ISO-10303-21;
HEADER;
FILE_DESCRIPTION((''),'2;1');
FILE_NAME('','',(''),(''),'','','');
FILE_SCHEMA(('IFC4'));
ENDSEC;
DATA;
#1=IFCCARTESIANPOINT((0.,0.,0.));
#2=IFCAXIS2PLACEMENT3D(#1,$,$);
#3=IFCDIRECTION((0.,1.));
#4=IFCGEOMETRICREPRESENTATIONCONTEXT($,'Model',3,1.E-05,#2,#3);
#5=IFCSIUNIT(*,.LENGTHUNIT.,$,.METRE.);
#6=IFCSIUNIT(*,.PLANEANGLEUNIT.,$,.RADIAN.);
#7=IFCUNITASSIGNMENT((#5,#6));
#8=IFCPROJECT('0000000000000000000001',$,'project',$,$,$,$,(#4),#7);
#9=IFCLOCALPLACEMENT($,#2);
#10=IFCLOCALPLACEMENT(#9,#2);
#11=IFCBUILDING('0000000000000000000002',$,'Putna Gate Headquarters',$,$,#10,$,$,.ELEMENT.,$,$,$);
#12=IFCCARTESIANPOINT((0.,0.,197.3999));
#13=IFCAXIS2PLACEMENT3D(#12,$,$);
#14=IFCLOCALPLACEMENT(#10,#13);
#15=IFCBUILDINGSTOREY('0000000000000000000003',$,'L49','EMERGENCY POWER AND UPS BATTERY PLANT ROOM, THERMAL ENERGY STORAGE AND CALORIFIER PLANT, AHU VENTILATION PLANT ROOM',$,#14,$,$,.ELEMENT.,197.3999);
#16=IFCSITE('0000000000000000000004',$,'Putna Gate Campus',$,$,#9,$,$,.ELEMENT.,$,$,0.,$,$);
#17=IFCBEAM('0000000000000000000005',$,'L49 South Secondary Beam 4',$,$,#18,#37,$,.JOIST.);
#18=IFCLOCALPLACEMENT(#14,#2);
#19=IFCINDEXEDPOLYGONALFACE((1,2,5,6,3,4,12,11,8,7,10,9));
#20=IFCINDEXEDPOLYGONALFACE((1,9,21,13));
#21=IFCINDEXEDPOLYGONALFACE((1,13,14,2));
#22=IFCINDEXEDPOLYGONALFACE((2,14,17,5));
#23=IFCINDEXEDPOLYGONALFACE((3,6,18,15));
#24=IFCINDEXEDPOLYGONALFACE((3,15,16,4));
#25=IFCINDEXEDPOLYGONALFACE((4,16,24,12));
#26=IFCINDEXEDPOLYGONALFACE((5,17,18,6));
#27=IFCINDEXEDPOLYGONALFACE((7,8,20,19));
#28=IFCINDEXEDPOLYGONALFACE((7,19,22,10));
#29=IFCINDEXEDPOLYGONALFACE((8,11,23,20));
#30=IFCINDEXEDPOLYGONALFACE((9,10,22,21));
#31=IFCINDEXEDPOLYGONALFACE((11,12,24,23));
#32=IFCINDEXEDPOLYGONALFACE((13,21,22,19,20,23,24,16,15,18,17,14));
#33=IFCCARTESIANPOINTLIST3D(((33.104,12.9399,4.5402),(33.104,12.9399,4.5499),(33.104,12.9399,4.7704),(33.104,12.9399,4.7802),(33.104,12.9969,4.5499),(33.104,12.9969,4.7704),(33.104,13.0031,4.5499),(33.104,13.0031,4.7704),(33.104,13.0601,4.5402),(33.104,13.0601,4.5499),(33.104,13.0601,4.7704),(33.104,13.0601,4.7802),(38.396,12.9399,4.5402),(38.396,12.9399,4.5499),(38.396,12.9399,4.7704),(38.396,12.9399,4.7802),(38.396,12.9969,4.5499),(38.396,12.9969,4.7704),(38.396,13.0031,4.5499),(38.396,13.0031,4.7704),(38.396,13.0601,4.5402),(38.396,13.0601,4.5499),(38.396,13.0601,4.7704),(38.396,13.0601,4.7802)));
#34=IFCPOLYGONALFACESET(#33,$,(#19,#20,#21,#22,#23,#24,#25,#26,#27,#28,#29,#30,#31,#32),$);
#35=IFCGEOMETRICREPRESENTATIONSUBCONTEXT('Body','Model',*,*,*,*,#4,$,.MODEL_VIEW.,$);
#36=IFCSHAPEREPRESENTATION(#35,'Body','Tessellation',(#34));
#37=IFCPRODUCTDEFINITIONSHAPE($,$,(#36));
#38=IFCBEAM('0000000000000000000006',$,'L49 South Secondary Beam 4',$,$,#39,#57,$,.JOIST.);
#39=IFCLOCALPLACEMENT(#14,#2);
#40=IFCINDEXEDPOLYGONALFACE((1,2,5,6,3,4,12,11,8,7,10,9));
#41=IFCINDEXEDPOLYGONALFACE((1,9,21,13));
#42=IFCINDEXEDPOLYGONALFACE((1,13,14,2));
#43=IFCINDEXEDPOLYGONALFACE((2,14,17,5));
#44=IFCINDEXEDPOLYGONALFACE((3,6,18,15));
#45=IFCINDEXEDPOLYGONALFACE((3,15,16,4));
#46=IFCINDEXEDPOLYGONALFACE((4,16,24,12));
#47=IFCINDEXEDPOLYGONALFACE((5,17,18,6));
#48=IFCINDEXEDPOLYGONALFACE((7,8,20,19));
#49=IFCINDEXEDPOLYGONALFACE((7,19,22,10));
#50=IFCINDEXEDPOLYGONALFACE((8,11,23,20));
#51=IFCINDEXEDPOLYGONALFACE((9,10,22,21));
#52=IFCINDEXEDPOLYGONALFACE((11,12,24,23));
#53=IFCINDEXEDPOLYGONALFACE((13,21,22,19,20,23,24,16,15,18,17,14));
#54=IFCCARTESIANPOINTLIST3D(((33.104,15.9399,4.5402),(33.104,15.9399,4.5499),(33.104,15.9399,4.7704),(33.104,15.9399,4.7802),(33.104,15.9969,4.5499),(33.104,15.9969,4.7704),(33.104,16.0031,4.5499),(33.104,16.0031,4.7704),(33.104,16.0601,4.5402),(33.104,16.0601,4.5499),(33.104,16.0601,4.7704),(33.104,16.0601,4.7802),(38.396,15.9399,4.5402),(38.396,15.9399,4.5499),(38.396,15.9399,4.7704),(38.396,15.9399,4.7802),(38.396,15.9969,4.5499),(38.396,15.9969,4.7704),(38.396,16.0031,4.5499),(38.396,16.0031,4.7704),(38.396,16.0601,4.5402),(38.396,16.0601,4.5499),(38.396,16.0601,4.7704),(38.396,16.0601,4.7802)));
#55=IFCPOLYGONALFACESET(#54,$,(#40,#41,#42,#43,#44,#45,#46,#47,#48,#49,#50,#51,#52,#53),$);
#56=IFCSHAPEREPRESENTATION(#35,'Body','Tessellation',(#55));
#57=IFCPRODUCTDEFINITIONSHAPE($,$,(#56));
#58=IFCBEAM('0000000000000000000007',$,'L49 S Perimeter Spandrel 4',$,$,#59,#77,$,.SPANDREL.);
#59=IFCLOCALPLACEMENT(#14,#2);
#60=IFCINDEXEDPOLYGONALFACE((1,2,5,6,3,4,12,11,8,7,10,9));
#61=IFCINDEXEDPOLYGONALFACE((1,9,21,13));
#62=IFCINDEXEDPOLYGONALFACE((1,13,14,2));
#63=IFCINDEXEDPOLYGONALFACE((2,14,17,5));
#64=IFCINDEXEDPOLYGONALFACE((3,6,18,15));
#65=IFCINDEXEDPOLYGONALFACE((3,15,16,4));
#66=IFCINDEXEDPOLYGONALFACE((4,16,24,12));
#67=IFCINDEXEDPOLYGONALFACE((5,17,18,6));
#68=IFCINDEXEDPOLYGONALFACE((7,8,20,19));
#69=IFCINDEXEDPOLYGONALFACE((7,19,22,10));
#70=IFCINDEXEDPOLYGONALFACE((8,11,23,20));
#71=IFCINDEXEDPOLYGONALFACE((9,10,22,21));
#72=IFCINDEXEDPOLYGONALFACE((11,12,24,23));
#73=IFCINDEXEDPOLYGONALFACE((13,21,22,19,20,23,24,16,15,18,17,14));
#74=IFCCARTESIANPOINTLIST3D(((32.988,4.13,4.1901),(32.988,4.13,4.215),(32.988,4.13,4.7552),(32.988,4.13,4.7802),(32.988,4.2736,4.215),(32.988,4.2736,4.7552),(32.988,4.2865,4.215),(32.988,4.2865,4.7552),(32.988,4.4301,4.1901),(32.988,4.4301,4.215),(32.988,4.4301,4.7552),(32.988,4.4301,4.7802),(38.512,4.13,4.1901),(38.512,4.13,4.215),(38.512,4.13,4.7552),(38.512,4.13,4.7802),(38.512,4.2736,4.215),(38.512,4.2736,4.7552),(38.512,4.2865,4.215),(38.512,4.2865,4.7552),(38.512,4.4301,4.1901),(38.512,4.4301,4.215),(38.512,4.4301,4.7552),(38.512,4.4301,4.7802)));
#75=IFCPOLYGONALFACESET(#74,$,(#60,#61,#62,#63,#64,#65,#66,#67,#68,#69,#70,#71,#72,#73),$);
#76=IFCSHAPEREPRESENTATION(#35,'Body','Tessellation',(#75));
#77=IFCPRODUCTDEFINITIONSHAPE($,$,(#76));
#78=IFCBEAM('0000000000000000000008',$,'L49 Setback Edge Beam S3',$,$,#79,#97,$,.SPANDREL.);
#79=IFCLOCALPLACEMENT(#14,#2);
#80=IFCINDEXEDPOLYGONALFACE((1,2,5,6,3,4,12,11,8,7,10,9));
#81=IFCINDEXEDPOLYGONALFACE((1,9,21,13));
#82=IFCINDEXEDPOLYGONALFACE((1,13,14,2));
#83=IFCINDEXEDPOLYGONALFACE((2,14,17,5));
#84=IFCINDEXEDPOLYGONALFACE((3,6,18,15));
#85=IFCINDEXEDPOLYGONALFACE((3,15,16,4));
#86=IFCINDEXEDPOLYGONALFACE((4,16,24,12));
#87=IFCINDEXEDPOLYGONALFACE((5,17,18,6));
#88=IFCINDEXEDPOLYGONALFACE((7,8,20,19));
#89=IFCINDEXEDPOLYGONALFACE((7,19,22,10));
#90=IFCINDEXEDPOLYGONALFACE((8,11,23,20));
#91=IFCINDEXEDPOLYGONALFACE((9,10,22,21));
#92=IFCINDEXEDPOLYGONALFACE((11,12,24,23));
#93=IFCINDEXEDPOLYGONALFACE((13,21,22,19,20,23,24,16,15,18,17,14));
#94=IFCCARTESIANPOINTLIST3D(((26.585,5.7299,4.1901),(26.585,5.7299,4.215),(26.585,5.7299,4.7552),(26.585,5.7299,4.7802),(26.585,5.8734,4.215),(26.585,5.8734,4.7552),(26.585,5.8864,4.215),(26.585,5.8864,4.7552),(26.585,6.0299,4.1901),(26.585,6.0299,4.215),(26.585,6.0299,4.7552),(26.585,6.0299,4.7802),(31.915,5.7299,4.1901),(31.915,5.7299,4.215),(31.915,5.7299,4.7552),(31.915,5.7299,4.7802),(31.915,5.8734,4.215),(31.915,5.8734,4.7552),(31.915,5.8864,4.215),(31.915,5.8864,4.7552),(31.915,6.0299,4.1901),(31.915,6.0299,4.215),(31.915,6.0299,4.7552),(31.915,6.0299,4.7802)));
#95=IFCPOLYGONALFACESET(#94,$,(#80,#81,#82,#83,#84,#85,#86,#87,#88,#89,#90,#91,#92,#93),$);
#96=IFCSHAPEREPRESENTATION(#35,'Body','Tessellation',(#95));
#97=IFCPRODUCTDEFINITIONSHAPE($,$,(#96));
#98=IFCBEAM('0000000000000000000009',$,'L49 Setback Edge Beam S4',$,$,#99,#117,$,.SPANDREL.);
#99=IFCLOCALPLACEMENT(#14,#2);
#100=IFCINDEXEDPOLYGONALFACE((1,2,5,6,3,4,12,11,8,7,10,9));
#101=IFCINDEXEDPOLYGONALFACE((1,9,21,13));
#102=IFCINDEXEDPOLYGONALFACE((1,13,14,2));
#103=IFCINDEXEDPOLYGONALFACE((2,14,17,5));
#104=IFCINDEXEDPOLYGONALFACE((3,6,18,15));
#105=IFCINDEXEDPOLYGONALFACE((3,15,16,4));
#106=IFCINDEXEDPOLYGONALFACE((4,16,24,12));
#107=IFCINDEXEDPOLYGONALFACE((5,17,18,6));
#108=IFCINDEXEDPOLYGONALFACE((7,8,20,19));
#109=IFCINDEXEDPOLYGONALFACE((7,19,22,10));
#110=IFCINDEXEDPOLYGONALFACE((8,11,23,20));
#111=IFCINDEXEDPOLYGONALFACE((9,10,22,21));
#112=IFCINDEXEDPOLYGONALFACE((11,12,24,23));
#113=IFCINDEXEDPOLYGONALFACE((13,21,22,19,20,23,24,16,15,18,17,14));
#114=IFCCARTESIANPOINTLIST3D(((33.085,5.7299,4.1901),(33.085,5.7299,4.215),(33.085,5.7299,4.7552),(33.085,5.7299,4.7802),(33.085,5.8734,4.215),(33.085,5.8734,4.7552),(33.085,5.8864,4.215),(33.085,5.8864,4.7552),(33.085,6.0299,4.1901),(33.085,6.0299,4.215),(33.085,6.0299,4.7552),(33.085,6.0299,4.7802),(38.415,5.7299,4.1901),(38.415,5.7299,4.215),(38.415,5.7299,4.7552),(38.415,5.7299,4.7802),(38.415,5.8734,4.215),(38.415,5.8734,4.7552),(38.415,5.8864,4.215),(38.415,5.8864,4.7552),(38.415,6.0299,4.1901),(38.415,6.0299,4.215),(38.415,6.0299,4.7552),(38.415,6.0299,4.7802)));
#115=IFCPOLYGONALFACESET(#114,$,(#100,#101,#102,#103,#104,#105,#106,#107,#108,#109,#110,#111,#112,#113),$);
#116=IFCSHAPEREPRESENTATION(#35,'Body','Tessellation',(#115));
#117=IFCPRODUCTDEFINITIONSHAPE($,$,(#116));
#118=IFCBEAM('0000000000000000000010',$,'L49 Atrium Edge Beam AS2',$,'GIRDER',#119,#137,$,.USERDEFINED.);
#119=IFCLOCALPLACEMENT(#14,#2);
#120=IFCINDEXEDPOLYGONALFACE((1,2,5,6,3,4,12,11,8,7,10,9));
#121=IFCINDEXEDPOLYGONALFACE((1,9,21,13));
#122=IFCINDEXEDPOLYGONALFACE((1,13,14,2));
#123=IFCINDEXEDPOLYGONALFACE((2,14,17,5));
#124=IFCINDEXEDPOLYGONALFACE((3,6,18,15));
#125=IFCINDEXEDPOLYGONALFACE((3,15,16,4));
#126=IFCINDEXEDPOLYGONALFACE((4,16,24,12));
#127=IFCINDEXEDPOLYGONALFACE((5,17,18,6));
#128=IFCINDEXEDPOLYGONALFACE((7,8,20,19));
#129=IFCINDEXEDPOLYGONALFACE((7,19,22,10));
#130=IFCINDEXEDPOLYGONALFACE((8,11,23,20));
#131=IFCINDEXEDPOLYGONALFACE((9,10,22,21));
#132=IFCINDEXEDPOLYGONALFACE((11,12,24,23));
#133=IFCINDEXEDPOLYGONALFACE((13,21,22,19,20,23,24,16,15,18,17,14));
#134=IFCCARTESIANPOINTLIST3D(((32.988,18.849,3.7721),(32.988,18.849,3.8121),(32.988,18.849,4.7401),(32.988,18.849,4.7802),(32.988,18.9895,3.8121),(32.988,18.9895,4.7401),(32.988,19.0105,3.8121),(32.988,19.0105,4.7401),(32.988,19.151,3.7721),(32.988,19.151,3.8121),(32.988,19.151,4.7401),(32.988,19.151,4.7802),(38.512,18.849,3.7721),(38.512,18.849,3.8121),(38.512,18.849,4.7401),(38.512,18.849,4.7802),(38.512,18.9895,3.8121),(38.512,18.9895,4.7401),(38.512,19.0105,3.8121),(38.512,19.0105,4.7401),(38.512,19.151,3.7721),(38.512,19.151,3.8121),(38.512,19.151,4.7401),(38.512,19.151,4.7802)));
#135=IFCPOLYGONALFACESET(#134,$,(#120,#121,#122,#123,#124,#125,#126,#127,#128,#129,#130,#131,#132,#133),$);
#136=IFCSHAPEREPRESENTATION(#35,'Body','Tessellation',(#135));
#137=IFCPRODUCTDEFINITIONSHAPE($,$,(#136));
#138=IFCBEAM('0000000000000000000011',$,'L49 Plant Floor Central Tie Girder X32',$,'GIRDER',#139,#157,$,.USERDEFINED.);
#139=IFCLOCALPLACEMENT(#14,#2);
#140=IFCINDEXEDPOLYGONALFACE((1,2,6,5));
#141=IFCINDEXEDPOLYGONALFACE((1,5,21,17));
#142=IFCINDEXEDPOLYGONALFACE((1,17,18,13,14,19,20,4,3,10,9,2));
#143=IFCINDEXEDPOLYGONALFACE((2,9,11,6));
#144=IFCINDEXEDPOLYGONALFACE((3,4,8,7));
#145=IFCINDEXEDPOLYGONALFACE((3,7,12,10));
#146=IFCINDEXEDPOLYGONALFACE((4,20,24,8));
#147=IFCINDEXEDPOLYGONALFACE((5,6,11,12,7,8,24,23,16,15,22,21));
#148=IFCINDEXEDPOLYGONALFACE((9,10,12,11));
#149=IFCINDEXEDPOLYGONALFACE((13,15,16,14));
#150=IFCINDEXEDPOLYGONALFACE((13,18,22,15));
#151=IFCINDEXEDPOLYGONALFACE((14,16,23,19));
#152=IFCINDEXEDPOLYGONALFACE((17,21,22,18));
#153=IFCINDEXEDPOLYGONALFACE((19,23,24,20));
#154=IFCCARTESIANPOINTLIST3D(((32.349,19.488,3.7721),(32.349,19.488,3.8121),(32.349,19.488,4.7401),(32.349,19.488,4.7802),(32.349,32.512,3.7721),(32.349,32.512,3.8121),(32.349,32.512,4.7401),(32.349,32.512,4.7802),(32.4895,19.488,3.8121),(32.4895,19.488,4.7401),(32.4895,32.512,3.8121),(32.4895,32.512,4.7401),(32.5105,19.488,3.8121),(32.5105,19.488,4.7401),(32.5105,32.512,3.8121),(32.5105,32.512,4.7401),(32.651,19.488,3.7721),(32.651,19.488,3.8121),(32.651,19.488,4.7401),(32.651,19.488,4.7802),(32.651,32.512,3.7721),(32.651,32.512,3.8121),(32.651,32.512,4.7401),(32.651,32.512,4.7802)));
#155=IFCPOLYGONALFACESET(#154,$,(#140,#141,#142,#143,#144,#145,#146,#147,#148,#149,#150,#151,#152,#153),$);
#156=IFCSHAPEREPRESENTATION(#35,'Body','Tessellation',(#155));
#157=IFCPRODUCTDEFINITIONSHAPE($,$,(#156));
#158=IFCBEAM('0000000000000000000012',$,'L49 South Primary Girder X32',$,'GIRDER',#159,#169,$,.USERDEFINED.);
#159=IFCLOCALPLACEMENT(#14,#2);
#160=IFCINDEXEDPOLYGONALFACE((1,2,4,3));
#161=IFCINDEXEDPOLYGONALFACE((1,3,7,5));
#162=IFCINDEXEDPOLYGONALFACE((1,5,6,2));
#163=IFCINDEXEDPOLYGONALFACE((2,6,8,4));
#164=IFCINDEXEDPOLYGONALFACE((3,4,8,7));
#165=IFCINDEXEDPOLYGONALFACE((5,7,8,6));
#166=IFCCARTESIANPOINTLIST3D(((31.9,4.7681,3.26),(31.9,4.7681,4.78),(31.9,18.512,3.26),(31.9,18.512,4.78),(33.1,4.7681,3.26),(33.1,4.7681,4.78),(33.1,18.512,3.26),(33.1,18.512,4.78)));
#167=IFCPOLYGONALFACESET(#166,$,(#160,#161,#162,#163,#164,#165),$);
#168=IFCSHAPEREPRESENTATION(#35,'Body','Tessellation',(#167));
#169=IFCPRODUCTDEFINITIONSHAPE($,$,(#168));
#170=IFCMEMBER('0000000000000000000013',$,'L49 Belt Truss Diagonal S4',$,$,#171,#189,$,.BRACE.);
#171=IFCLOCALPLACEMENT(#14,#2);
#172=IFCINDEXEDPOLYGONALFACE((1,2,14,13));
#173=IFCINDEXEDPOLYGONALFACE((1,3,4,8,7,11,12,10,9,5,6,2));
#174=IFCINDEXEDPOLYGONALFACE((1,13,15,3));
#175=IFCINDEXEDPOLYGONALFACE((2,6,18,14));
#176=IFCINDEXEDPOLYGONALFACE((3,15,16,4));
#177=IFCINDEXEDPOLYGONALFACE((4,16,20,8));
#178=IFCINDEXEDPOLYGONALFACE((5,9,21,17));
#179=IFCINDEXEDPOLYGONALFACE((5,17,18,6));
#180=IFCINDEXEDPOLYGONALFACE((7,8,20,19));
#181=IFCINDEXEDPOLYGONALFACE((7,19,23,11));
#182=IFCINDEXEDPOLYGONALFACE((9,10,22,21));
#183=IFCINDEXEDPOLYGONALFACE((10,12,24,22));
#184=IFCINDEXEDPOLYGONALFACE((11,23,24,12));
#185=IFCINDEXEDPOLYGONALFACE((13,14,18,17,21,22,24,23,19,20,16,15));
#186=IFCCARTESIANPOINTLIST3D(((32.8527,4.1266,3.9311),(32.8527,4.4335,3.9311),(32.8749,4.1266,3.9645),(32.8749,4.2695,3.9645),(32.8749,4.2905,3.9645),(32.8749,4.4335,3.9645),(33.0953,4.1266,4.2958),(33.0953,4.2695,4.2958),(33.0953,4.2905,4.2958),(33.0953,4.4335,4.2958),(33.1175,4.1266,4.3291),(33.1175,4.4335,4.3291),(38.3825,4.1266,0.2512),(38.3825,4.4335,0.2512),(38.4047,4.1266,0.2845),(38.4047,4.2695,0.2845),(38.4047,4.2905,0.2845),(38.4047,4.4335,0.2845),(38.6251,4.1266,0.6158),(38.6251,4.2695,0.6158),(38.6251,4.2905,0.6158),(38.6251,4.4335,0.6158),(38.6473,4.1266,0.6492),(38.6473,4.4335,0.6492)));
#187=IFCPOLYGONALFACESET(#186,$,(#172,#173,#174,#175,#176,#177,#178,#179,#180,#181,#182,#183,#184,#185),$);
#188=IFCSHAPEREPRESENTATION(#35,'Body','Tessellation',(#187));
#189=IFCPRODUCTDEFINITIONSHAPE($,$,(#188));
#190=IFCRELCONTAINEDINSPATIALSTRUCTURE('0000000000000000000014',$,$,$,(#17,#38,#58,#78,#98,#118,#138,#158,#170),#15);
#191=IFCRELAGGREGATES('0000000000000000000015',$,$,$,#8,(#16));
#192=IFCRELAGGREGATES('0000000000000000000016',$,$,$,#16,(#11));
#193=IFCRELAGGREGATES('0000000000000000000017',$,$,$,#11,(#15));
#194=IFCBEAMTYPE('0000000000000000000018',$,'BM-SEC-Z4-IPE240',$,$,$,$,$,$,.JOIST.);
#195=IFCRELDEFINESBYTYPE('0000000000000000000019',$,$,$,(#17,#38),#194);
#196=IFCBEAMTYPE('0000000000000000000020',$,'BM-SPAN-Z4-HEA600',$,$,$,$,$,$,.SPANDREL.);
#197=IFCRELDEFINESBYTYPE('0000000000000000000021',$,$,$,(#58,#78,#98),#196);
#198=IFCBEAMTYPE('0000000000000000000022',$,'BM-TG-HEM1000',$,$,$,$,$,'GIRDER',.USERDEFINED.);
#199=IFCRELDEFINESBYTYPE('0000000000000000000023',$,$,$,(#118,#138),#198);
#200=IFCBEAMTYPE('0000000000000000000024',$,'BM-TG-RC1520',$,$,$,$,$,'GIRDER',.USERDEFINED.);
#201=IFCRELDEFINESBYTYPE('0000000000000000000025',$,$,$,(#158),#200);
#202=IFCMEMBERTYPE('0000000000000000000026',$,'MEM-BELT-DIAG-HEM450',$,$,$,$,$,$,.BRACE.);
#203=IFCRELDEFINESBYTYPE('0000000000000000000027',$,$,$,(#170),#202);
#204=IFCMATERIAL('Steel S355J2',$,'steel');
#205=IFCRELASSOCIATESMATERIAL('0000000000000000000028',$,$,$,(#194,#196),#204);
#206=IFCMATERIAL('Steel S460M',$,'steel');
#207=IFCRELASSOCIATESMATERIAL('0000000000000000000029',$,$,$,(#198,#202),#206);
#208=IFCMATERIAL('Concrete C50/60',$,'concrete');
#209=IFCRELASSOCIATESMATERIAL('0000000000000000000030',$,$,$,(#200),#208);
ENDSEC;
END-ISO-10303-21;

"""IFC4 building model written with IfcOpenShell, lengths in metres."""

from ifc_helpers import new_model, si_unit, direction, frame, origin, origin_2d, place, context, subcontext, project, spatial, rectangle, i_section, extrude, material, material_profile, profile_set, type_object, element, save


model = new_model("IFC4")

# Units and contexts
model_context = context("Model", 3, precision=1e-05, world=origin(), true_north=direction((0.0, 1.0)))
body_context = subcontext(model_context, "Body", "Model", "MODEL_VIEW")
ifc_project = project(units=[si_unit("LENGTHUNIT", "METRE"), si_unit("PLANEANGLEUNIT", "RADIAN")], contexts=[model_context])

# Site, building, storey
site_placement = place(None, origin())
site = spatial("IfcSite", under=ifc_project, at=site_placement, Name="Putna Gate Campus", CompositionType="ELEMENT", RefElevation=0.0)
building_placement = place(site_placement, origin())
building = spatial("IfcBuilding", under=site, at=building_placement, Name="Putna Gate Headquarters", CompositionType="ELEMENT")
storey_placement = place(building_placement, frame((0.0, 0.0, 197.3999)))
storey = spatial("IfcBuildingStorey", under=building, at=storey_placement, Name="L49", Description="EMERGENCY POWER AND UPS BATTERY PLANT ROOM, THERMAL ENERGY STORAGE AND CALORIFIER PLANT, AHU VENTILATION PLANT ROOM", CompositionType="ELEMENT", Elevation=197.3999)

# Shared definitions
ifc_material_1 = material(Name="Concrete C50/60", Category="concrete")

# Beams
ifc_material_2 = material(Name="Steel S355J2", Category="steel")
ifc_material_profile_1 = material_profile(ifc_material_2, i_section(OverallWidth=0.1201, OverallDepth=0.24, WebThickness=0.0061, FlangeThickness=0.0098, at=origin_2d()), Name="Steel S355J2")
ifc_profile_set_1 = profile_set([ifc_material_profile_1], Name="Steel S355J2")
beam_type_1 = type_object("IfcBeamType", Name="BM-SEC-Z4-IPE240", PredefinedType="JOIST", material=ifc_profile_set_1)
for number, where, z_axis, x_axis, name in (
    (1, (33.104, 13.0, 4.6602), (1.0, 0.0, 0.0), (0.0, 1.0, 0.0), "L49 South Secondary Beam 4"),
    (2, (33.104, 16.0, 4.6602), (1.0, 0.0, 0.0), (0.0, 1.0, 0.0), "L49 South Secondary Beam 4"),
):
    element("IfcBeam", number, at=place(storey_placement, frame(where, z_axis=z_axis, x_axis=x_axis)), inside=storey, type_object=beam_type_1, Name=name, PredefinedType="JOIST", context=body_context, shape_type="SweptSolid", body=[
        extrude(i_section(OverallWidth=0.1201, OverallDepth=0.24, WebThickness=0.0061, FlangeThickness=0.0098, at=origin_2d()), origin(), (0.0, 0.0, 1.0), 5.292),
    ])
ifc_material_profile_2 = material_profile(ifc_material_2, i_section(OverallWidth=0.3, OverallDepth=0.5901, WebThickness=0.0129, FlangeThickness=0.0249, at=origin_2d()), Name="Steel S355J2")
ifc_profile_set_2 = profile_set([ifc_material_profile_2], Name="Steel S355J2")
beam_type_2 = type_object("IfcBeamType", Name="BM-SPAN-Z4-HEA600", PredefinedType="SPANDREL", material=ifc_profile_set_2)
beam_1_placement = place(storey_placement, frame((32.988, 4.28, 4.4851), z_axis=(1.0, 0.0, 0.0), x_axis=(0.0, 1.0, 0.0)))
element("IfcBeam", 3, at=beam_1_placement, inside=storey, type_object=beam_type_2, Name="L49 S Perimeter Spandrel 4", PredefinedType="SPANDREL", context=body_context, shape_type="SweptSolid", body=[
    extrude(i_section(OverallWidth=0.3, OverallDepth=0.5901, WebThickness=0.0129, FlangeThickness=0.0249, at=origin_2d()), origin(), (0.0, 0.0, 1.0), 5.5239),
])
for number, where, z_axis, x_axis, name in (
    (4, (26.585, 5.8799, 4.4851), (1.0, 0.0, 0.0), (0.0, 1.0, 0.0), "L49 Setback Edge Beam S3"),
    (5, (33.085, 5.8799, 4.4851), (1.0, 0.0, 0.0), (0.0, 1.0, 0.0), "L49 Setback Edge Beam S4"),
):
    element("IfcBeam", number, at=place(storey_placement, frame(where, z_axis=z_axis, x_axis=x_axis)), inside=storey, type_object=beam_type_2, Name=name, PredefinedType="SPANDREL", context=body_context, shape_type="SweptSolid", body=[
        extrude(i_section(OverallWidth=0.3, OverallDepth=0.5901, WebThickness=0.0129, FlangeThickness=0.0249, at=origin_2d()), origin(), (0.0, 0.0, 1.0), 5.3301),
    ])
ifc_material_3 = material(Name="Steel S460M", Category="steel")
ifc_material_profile_3 = material_profile(ifc_material_3, i_section(OverallWidth=0.302, OverallDepth=1.0081, WebThickness=0.021, FlangeThickness=0.04, at=origin_2d()), Name="Steel S460M")
ifc_profile_set_3 = profile_set([ifc_material_profile_3], Name="Steel S460M")
beam_type_3 = type_object("IfcBeamType", Name="BM-TG-HEM1000", ElementType="GIRDER", PredefinedType="USERDEFINED", material=ifc_profile_set_3)
beam_2_placement = place(storey_placement, frame((32.988, 19.0, 4.2761), z_axis=(1.0, 0.0, 0.0), x_axis=(0.0, 1.0, 0.0)))
element("IfcBeam", 6, at=beam_2_placement, inside=storey, type_object=beam_type_3, Name="L49 Atrium Edge Beam AS2", ObjectType="GIRDER", PredefinedType="USERDEFINED", context=body_context, shape_type="SweptSolid", body=[
    extrude(i_section(OverallWidth=0.302, OverallDepth=1.0081, WebThickness=0.021, FlangeThickness=0.04, at=origin_2d()), origin(), (0.0, 0.0, 1.0), 5.5239),
])
beam_3_placement = place(storey_placement, frame((32.5, 19.488, 4.2761), z_axis=(0.0, 1.0, 0.0), x_axis=(-1.0, 0.0, 0.0)))
element("IfcBeam", 7, at=beam_3_placement, inside=storey, type_object=beam_type_3, Name="L49 Plant Floor Central Tie Girder X32", ObjectType="GIRDER", PredefinedType="USERDEFINED", context=body_context, shape_type="SweptSolid", body=[
    extrude(i_section(OverallWidth=0.302, OverallDepth=1.0081, WebThickness=0.021, FlangeThickness=0.04, at=origin_2d()), origin(), (0.0, 0.0, 1.0), 13.0239),
])
ifc_material_profile_4 = material_profile(ifc_material_1, rectangle(XDim=1.2, YDim=1.52, at=origin_2d()), Name="Concrete C50/60")
ifc_profile_set_4 = profile_set([ifc_material_profile_4], Name="Concrete C50/60")
beam_type_4 = type_object("IfcBeamType", Name="BM-TG-RC1520", ElementType="GIRDER", PredefinedType="USERDEFINED", material=ifc_profile_set_4)
beam_4_placement = place(storey_placement, frame((32.5, 4.7681, 4.02), z_axis=(0.0, 1.0, 0.0), x_axis=(-1.0, 0.0, 0.0)))
element("IfcBeam", 8, at=beam_4_placement, inside=storey, type_object=beam_type_4, Name="L49 South Primary Girder X32", ObjectType="GIRDER", PredefinedType="USERDEFINED", context=body_context, shape_type="SweptSolid", body=[
    extrude(rectangle(XDim=1.2, YDim=1.52, at=origin_2d()), origin(), (0.0, 0.0, 1.0), 13.7439),
])

# Member
ifc_material_profile_5 = material_profile(ifc_material_3, i_section(OverallWidth=0.3069, OverallDepth=0.478, WebThickness=0.021, FlangeThickness=0.04, at=origin_2d()), Name="Steel S460M")
ifc_profile_set_5 = profile_set([ifc_material_profile_5], Name="Steel S460M")
member_type_1 = type_object("IfcMemberType", Name="MEM-BELT-DIAG-HEM450", PredefinedType="BRACE", material=ifc_profile_set_5)
member_1_placement = place(storey_placement, frame((32.9851, 4.28, 4.1301), z_axis=(0.832508, 0.0, -0.554013), x_axis=(0.0, 1.0, 0.0)))
element("IfcMember", 9, at=member_1_placement, inside=storey, type_object=member_type_1, Name="L49 Belt Truss Diagonal S4", PredefinedType="BRACE", context=body_context, shape_type="SweptSolid", body=[
    extrude(i_section(OverallWidth=0.3069, OverallDepth=0.478, WebThickness=0.021, FlangeThickness=0.04, at=origin_2d()), origin(), (0.0, 0.0, 1.0), 6.6423),
])

save(model, "model.ifc")
